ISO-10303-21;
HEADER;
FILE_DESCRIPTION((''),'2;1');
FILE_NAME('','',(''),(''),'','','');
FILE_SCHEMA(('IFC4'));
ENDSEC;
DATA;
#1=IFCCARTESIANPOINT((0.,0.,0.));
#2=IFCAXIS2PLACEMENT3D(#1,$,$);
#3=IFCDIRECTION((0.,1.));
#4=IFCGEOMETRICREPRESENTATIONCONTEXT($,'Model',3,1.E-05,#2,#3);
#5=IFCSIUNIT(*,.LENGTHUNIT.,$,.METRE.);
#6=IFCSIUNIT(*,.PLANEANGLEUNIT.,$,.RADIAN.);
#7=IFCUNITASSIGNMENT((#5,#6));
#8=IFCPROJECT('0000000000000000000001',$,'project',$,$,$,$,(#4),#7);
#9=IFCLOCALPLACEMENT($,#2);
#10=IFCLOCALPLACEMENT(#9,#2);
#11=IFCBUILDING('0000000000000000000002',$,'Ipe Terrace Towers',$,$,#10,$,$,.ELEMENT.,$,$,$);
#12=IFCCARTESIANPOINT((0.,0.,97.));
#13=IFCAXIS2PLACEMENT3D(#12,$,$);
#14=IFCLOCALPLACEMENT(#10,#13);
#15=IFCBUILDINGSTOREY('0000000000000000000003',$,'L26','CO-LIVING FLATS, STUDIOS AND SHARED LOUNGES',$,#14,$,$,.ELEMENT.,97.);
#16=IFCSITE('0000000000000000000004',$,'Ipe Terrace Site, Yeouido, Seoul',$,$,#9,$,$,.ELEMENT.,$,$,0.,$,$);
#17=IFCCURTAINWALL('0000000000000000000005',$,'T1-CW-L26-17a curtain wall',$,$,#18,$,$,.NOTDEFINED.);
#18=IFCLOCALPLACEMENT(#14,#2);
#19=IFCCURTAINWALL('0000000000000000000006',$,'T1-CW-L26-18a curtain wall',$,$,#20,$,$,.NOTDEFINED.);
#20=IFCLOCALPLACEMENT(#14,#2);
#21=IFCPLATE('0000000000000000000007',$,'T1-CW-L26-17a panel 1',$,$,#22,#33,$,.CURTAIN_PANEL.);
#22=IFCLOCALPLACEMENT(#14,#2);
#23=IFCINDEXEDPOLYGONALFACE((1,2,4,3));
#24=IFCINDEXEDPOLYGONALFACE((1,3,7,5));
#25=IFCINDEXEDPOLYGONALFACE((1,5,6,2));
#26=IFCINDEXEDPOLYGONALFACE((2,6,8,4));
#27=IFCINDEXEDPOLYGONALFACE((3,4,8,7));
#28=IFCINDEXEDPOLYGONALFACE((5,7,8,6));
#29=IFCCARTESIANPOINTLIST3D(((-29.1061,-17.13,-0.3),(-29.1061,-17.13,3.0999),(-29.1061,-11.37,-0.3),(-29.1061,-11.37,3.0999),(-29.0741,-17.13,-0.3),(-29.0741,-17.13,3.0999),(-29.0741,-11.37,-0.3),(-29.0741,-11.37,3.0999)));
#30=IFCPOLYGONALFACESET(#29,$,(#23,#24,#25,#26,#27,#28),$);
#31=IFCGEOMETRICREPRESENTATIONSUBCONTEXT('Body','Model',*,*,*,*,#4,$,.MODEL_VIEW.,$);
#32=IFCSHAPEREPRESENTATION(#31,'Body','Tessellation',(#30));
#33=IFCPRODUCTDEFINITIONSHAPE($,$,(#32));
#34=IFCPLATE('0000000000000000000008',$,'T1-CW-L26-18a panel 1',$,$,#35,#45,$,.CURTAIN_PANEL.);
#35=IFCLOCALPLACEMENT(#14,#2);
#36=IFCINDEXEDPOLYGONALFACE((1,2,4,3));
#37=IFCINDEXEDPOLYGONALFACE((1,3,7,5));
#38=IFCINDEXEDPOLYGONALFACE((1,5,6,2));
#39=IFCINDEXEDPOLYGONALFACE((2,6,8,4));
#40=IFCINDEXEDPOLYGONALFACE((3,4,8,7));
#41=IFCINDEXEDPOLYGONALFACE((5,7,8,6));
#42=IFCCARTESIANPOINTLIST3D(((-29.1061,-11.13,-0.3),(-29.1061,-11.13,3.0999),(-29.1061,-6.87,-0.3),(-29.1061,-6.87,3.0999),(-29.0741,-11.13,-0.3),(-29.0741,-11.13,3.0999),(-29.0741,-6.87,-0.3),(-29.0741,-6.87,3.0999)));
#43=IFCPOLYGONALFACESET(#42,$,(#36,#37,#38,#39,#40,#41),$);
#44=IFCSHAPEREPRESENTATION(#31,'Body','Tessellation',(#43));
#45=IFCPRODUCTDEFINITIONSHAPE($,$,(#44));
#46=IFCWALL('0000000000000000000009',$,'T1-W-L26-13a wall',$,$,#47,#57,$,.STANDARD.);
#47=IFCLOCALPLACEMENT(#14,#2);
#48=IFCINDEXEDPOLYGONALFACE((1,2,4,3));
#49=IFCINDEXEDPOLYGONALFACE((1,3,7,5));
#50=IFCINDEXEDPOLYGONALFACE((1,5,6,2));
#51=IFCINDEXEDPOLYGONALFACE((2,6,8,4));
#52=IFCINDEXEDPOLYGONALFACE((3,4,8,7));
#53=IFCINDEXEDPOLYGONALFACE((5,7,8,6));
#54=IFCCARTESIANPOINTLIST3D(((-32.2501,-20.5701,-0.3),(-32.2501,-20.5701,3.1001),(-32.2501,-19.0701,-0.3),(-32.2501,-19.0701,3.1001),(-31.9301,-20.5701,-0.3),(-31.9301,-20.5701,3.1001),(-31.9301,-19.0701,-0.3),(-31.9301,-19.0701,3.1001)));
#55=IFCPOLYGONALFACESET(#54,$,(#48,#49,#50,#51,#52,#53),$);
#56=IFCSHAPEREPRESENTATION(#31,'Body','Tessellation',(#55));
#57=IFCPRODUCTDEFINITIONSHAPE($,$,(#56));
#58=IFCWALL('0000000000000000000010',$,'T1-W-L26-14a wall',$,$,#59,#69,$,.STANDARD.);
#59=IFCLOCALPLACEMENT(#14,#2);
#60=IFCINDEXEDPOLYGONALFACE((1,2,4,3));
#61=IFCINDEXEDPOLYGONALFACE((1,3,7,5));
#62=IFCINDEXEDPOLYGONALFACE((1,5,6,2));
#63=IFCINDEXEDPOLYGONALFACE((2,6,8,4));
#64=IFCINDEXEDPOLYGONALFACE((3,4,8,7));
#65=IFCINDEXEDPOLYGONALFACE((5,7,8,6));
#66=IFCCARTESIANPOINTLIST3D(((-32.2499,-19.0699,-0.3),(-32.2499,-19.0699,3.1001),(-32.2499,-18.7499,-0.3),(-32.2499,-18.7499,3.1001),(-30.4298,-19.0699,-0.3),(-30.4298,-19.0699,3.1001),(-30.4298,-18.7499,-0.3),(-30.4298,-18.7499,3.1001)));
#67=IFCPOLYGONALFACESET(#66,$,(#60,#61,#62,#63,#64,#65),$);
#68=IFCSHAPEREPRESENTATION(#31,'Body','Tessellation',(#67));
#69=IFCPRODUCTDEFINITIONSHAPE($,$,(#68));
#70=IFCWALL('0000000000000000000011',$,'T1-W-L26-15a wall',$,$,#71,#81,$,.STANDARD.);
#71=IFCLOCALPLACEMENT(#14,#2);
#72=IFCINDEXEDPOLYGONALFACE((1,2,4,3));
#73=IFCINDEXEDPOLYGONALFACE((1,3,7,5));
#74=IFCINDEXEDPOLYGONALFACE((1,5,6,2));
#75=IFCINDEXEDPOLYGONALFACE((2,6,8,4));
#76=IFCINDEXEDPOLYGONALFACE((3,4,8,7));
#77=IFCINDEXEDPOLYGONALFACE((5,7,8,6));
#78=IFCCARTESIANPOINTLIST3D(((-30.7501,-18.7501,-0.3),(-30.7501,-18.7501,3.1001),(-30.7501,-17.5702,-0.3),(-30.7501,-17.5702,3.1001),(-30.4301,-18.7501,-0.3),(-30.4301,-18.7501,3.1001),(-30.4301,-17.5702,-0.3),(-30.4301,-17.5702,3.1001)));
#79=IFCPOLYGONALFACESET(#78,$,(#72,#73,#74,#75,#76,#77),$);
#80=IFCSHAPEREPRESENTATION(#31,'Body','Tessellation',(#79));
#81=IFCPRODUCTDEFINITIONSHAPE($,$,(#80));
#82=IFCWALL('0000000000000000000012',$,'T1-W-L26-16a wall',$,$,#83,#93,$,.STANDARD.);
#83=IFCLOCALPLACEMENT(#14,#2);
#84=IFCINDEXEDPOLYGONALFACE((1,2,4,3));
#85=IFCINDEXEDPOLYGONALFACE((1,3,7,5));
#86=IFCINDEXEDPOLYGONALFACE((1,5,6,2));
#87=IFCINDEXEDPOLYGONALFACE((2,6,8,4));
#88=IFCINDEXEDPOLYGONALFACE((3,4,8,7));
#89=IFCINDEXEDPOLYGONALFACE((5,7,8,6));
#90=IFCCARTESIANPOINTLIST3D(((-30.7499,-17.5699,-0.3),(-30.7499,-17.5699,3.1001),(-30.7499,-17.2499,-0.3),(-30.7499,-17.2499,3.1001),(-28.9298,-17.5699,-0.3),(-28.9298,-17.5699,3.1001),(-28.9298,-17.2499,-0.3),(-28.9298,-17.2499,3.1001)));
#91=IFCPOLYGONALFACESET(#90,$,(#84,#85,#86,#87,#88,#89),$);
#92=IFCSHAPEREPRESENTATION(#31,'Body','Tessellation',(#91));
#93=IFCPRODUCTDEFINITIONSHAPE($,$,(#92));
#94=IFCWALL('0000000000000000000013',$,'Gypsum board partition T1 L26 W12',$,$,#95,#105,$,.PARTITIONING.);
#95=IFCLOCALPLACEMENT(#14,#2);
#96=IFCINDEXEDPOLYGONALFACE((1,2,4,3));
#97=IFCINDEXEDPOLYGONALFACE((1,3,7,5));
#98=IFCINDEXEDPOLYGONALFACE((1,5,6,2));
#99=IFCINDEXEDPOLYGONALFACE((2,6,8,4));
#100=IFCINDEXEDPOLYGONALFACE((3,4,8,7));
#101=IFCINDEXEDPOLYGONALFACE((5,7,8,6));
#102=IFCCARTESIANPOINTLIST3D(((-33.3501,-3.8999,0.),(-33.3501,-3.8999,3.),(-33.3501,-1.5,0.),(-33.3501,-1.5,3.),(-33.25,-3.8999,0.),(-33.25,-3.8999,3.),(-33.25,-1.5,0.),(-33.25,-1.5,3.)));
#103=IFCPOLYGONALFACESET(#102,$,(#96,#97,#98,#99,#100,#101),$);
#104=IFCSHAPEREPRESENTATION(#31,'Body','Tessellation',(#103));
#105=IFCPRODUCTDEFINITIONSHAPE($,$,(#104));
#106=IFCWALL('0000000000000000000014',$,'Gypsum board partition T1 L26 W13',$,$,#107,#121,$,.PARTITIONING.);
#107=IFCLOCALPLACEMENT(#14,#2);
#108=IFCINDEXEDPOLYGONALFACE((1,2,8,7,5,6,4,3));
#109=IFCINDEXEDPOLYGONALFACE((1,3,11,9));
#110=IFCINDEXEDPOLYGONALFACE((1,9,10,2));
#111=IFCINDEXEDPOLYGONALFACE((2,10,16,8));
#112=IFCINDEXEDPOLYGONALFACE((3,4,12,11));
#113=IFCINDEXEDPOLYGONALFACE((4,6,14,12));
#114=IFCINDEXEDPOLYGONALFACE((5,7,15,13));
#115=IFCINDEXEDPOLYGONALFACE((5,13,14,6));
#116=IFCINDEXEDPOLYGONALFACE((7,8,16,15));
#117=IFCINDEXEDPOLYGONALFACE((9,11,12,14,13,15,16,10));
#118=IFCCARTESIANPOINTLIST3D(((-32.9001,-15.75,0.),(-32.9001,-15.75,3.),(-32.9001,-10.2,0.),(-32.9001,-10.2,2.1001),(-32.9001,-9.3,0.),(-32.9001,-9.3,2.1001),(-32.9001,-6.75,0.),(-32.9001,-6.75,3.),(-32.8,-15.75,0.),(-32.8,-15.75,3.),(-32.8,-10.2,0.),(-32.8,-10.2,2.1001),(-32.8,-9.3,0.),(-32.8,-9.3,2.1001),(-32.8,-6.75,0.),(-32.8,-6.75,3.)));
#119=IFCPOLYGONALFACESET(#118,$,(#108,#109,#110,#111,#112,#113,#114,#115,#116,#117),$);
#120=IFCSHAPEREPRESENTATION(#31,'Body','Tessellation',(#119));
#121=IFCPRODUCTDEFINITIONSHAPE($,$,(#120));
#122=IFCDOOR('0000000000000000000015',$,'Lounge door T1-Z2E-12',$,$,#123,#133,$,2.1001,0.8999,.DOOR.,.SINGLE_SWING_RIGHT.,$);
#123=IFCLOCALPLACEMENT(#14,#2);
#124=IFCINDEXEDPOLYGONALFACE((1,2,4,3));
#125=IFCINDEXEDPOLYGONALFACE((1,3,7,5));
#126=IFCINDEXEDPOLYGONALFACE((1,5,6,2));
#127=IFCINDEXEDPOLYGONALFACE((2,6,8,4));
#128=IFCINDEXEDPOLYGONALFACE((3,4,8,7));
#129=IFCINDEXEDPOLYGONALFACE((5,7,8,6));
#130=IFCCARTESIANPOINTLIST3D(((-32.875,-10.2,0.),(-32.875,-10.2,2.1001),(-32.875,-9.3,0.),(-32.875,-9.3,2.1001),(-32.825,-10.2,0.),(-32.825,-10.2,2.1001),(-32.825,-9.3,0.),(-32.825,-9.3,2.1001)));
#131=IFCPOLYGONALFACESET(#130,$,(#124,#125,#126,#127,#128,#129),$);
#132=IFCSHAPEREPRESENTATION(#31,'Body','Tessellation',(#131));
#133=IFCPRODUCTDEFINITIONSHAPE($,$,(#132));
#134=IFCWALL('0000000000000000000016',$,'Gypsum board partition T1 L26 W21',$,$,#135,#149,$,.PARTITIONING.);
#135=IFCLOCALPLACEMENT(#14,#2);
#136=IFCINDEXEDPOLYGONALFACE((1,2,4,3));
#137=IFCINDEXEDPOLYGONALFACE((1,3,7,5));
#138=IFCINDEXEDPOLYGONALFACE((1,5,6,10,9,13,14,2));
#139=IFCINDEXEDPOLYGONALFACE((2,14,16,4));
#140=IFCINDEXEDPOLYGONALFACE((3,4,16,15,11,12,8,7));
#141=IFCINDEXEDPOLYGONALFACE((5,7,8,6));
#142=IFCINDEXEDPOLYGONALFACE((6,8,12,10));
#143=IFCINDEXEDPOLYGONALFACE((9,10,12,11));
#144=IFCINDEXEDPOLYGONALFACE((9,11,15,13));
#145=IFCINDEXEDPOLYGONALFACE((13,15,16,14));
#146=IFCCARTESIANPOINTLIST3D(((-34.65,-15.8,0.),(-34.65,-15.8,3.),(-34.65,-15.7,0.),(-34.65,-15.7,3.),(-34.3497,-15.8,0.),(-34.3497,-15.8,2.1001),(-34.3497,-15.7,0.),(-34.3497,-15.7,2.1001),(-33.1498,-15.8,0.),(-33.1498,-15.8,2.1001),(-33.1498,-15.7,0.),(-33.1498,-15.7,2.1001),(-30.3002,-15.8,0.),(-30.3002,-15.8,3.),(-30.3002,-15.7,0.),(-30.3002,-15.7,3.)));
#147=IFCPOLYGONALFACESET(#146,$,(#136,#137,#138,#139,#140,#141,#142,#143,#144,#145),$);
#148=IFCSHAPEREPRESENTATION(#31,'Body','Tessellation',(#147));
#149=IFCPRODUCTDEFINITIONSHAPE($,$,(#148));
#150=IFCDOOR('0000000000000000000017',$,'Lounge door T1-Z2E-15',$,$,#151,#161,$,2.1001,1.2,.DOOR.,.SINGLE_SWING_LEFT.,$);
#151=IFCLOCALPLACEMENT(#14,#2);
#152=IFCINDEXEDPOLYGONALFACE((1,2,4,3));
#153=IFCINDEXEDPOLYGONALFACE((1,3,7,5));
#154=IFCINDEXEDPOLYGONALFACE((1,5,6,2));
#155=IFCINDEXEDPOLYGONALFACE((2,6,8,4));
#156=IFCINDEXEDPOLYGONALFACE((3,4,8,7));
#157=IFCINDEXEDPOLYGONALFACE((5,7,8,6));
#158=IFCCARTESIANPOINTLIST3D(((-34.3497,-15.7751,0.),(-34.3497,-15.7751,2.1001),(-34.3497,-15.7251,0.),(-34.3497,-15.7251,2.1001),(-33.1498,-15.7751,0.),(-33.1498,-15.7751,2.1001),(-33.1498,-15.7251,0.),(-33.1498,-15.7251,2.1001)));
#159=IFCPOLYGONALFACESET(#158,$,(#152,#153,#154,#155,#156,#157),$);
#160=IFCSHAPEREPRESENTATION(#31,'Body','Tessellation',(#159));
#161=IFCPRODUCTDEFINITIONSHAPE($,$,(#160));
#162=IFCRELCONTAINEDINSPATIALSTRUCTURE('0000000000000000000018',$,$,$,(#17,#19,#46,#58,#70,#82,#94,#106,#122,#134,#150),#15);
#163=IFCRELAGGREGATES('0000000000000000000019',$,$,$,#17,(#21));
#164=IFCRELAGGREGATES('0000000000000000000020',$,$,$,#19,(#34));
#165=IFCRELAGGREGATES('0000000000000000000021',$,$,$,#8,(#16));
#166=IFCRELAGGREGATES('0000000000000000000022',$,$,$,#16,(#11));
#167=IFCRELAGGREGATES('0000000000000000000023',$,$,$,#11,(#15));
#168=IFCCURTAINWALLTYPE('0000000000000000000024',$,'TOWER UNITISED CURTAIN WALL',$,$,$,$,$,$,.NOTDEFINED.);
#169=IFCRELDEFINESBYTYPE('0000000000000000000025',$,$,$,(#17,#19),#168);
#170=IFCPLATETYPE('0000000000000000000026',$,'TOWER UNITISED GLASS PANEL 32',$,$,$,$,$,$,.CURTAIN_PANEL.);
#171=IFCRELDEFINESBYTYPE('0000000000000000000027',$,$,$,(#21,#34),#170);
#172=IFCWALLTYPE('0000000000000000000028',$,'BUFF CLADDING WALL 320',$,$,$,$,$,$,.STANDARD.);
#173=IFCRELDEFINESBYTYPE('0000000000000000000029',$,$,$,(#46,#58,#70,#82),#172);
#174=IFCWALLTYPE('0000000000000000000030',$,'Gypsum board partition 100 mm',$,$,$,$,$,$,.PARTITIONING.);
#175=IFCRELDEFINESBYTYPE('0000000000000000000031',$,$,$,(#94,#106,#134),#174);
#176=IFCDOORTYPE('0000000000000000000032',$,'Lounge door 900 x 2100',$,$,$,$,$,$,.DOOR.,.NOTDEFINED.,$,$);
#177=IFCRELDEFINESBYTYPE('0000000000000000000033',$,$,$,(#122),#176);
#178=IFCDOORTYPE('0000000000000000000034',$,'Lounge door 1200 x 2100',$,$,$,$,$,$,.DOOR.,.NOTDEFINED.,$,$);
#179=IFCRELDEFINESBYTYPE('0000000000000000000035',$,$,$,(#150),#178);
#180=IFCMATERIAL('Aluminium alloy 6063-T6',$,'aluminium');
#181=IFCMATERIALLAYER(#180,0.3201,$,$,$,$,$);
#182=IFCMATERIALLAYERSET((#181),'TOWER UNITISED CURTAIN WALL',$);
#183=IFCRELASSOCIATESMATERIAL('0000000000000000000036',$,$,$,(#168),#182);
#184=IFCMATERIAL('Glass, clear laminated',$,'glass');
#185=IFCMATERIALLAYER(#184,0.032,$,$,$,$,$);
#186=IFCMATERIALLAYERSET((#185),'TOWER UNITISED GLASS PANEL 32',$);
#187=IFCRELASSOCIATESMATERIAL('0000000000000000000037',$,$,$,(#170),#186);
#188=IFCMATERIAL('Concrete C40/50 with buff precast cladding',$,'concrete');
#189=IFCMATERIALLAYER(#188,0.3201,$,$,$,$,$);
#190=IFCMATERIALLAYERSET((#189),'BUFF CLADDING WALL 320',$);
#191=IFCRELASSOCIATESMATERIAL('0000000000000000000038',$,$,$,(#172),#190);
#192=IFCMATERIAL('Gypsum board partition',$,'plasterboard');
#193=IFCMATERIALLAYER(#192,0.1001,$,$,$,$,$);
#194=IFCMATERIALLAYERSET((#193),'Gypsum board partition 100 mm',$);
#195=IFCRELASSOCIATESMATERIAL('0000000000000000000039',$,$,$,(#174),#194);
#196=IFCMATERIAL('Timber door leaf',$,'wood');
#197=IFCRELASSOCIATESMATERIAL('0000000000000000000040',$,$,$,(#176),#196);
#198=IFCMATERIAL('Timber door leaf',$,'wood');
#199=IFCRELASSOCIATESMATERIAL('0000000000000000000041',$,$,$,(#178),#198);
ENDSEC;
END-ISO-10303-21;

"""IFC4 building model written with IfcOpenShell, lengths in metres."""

from ifc_helpers import new_model, si_unit, direction, frame, frame_2d, origin, origin_2d, place, context, subcontext, project, spatial, rectangle, extrude, material, layer, layer_set, type_object, element, fill, aggregate, save


model = new_model("IFC4")

# Units and contexts
model_context = context("Model", 3, precision=1e-05, world=origin(), true_north=direction((0.0, 1.0)))
body_context = subcontext(model_context, "Body", "Model", "MODEL_VIEW")
ifc_project = project(units=[si_unit("LENGTHUNIT", "METRE"), si_unit("PLANEANGLEUNIT", "RADIAN")], contexts=[model_context])

# Site, building, storey
site_placement = place(None, origin())
site = spatial("IfcSite", under=ifc_project, at=site_placement, Name="Ipe Terrace Site, Yeouido, Seoul", CompositionType="ELEMENT", RefElevation=0.0)
building_placement = place(site_placement, origin())
building = spatial("IfcBuilding", under=site, at=building_placement, Name="Ipe Terrace Towers", CompositionType="ELEMENT")
storey_placement = place(building_placement, frame((0.0, 0.0, 97.0)))
storey = spatial("IfcBuildingStorey", under=building, at=storey_placement, Name="L26", Description="CO-LIVING FLATS, STUDIOS AND SHARED LOUNGES", CompositionType="ELEMENT", Elevation=97.0)

# Shared definitions
ifc_material_1 = material(Name="Aluminium alloy 6063-T6", Category="aluminium")
ifc_layer_1 = layer(ifc_material_1, 0.3201)
ifc_layer_set_1 = layer_set([ifc_layer_1], Name="TOWER UNITISED CURTAIN WALL")
curtain_wall_type = type_object("IfcCurtainWallType", Name="TOWER UNITISED CURTAIN WALL", PredefinedType="NOTDEFINED", material=ifc_layer_set_1)

# Curtain walls
curtain_wall_1_placement = place(storey_placement, origin())
curtain_wall_1 = element("IfcCurtainWall", 1, at=curtain_wall_1_placement, inside=storey, type_object=curtain_wall_type, Name="T1-CW-L26-17a curtain wall", PredefinedType="NOTDEFINED")
curtain_wall_2_placement = place(storey_placement, origin())
curtain_wall_2 = element("IfcCurtainWall", 2, at=curtain_wall_2_placement, inside=storey, type_object=curtain_wall_type, Name="T1-CW-L26-18a curtain wall", PredefinedType="NOTDEFINED")

# Plates
ifc_material_2 = material(Name="Glass, clear laminated", Category="glass")
ifc_layer_2 = layer(ifc_material_2, 0.032)
ifc_layer_set_2 = layer_set([ifc_layer_2], Name="TOWER UNITISED GLASS PANEL 32")
plate_type = type_object("IfcPlateType", Name="TOWER UNITISED GLASS PANEL 32", PredefinedType="CURTAIN_PANEL", material=ifc_layer_set_2)
plate_1_placement = place(storey_placement, frame((-29.0901, -14.25, -0.3), z_axis=(0.0, 0.0, 1.0), x_axis=(0.0, 1.0, 0.0)))
plate_1 = element("IfcPlate", 3, at=plate_1_placement, type_object=plate_type, Name="T1-CW-L26-17a panel 1", PredefinedType="CURTAIN_PANEL", context=body_context, shape_type="SweptSolid", body=[
    extrude(rectangle(XDim=5.76, YDim=0.032, at=origin_2d()), origin(), (0.0, 0.0, 1.0), 3.3999),
])
aggregate(curtain_wall_1, [plate_1])
plate_2_placement = place(storey_placement, frame((-29.0901, -9.0, -0.3), z_axis=(0.0, 0.0, 1.0), x_axis=(0.0, 1.0, 0.0)))
plate_2 = element("IfcPlate", 4, at=plate_2_placement, type_object=plate_type, Name="T1-CW-L26-18a panel 1", PredefinedType="CURTAIN_PANEL", context=body_context, shape_type="SweptSolid", body=[
    extrude(rectangle(XDim=4.26, YDim=0.032, at=origin_2d()), origin(), (0.0, 0.0, 1.0), 3.3999),
])
aggregate(curtain_wall_2, [plate_2])

# Walls
ifc_material_3 = material(Name="Concrete C40/50 with buff precast cladding", Category="concrete")
ifc_layer_3 = layer(ifc_material_3, 0.3201)
ifc_layer_set_3 = layer_set([ifc_layer_3], Name="BUFF CLADDING WALL 320")
wall_type_1 = type_object("IfcWallType", Name="BUFF CLADDING WALL 320", PredefinedType="STANDARD", material=ifc_layer_set_3)
wall_1_placement = place(storey_placement, frame((-32.0901, -20.5701, -0.3), z_axis=(0.0, 0.0, 1.0), x_axis=(0.0, 1.0, 0.0)))
element("IfcWall", 5, at=wall_1_placement, inside=storey, type_object=wall_type_1, Name="T1-W-L26-13a wall", PredefinedType="STANDARD", context=body_context, shape_type="SweptSolid", body=[
    extrude(rectangle(XDim=1.5, YDim=0.3201, at=frame_2d((0.75, 0.0))), origin(), (0.0, 0.0, 1.0), 3.4001),
])
wall_2_placement = place(storey_placement, frame((-32.25, -18.9099, -0.3), z_axis=(0.0, 0.0, 1.0), x_axis=(1.0, 0.0, 0.0)))
element("IfcWall", 6, at=wall_2_placement, inside=storey, type_object=wall_type_1, Name="T1-W-L26-14a wall", PredefinedType="STANDARD", context=body_context, shape_type="SweptSolid", body=[
    extrude(rectangle(XDim=1.8201, YDim=0.3201, at=frame_2d((0.9102, 0.0))), origin(), (0.0, 0.0, 1.0), 3.4001),
])
wall_3_placement = place(storey_placement, frame((-30.5901, -18.75, -0.3), z_axis=(0.0, 0.0, 1.0), x_axis=(0.0, 1.0, 0.0)))
element("IfcWall", 7, at=wall_3_placement, inside=storey, type_object=wall_type_1, Name="T1-W-L26-15a wall", PredefinedType="STANDARD", context=body_context, shape_type="SweptSolid", body=[
    extrude(rectangle(XDim=1.1799, YDim=0.3201, at=frame_2d((0.5898, 0.0))), origin(), (0.0, 0.0, 1.0), 3.4001),
])
wall_4_placement = place(storey_placement, frame((-30.75, -17.4099, -0.3), z_axis=(0.0, 0.0, 1.0), x_axis=(1.0, 0.0, 0.0)))
element("IfcWall", 8, at=wall_4_placement, inside=storey, type_object=wall_type_1, Name="T1-W-L26-16a wall", PredefinedType="STANDARD", context=body_context, shape_type="SweptSolid", body=[
    extrude(rectangle(XDim=1.8201, YDim=0.3201, at=frame_2d((0.9102, 0.0))), origin(), (0.0, 0.0, 1.0), 3.4001),
])
ifc_material_4 = material(Name="Gypsum board partition", Category="plasterboard")
ifc_layer_4 = layer(ifc_material_4, 0.1001)
ifc_layer_set_4 = layer_set([ifc_layer_4], Name="Gypsum board partition 100 mm")
wall_type_2 = type_object("IfcWallType", Name="Gypsum board partition 100 mm", PredefinedType="PARTITIONING", material=ifc_layer_set_4)
wall_5_placement = place(storey_placement, frame((-33.3, -3.8999, 0.0), z_axis=(0.0, 0.0, 1.0), x_axis=(0.0, 1.0, 0.0)))
element("IfcWall", 9, at=wall_5_placement, inside=storey, type_object=wall_type_2, Name="Gypsum board partition T1 L26 W12", PredefinedType="PARTITIONING", context=body_context, shape_type="SweptSolid", body=[
    extrude(rectangle(XDim=2.3999, YDim=0.1001, at=frame_2d((1.2, 0.0))), origin(), (0.0, 0.0, 1.0), 3.0),
])

# Walls, openings, doors
wall_6_placement = place(storey_placement, frame((-32.8501, -15.75, 0.0), z_axis=(0.0, 0.0, 1.0), x_axis=(0.0, 1.0, 0.0)))
wall_6 = element("IfcWall", 10, at=wall_6_placement, inside=storey, type_object=wall_type_2, Name="Gypsum board partition T1 L26 W13", PredefinedType="PARTITIONING", context=body_context, shape_type="SweptSolid", body=[
    extrude(rectangle(XDim=9.0, YDim=0.1001, at=frame_2d((4.5, 0.0))), origin(), (0.0, 0.0, 1.0), 3.0),
])
opening_1_placement = place(wall_6_placement, frame((5.55, 0.0, 0.0)))
opening_1 = element("IfcOpeningElement", 11, at=opening_1_placement, cuts=wall_6, PredefinedType="OPENING", context=body_context, shape_type="SweptSolid", body=[
    extrude(rectangle(XDim=0.8999, YDim=2.1001, at=frame_2d((0.45, 1.05))), frame((0.0, 0.0601, 0.0), z_axis=(0.0, -1.0, 0.0), x_axis=(1.0, 0.0, 0.0)), (0.0, 0.0, 1.0), 0.1201),
])
ifc_material_5 = material(Name="Timber door leaf", Category="wood")
door_type_1 = type_object("IfcDoorType", Name="Lounge door 900 x 2100", OperationType="NOTDEFINED", PredefinedType="DOOR", material=ifc_material_5)
door_1_placement = place(opening_1_placement, origin())
door_1 = element("IfcDoor", 12, at=door_1_placement, inside=storey, type_object=door_type_1, Name="Lounge door T1-Z2E-12", OperationType="SINGLE_SWING_RIGHT", OverallHeight=2.1001, OverallWidth=0.8999, PredefinedType="DOOR", context=body_context, shape_type="SweptSolid", body=[
    extrude(rectangle(XDim=0.8999, YDim=2.1001, at=frame_2d((0.45, 1.05))), frame((0.0, 0.0249, 0.0), z_axis=(0.0, -1.0, 0.0), x_axis=(1.0, 0.0, 0.0)), (0.0, 0.0, 1.0), 0.05),
])
fill(opening_1, door_1)
wall_7_placement = place(storey_placement, frame((-34.6499, -15.75, 0.0), z_axis=(0.0, 0.0, 1.0), x_axis=(1.0, 0.0, 0.0)))
wall_7 = element("IfcWall", 13, at=wall_7_placement, inside=storey, type_object=wall_type_2, Name="Gypsum board partition T1 L26 W21", PredefinedType="PARTITIONING", context=body_context, shape_type="SweptSolid", body=[
    extrude(rectangle(XDim=4.3499, YDim=0.1001, at=frame_2d((2.1748, 0.0))), origin(), (0.0, 0.0, 1.0), 3.0),
])
opening_2_placement = place(wall_7_placement, frame((0.3, 0.0, 0.0)))
opening_2 = element("IfcOpeningElement", 14, at=opening_2_placement, cuts=wall_7, PredefinedType="OPENING", context=body_context, shape_type="SweptSolid", body=[
    extrude(rectangle(XDim=1.2, YDim=2.1001, at=frame_2d((0.6001, 1.05))), frame((0.0, 0.0601, 0.0), z_axis=(0.0, -1.0, 0.0), x_axis=(1.0, 0.0, 0.0)), (0.0, 0.0, 1.0), 0.1201),
])
ifc_material_6 = material(Name="Timber door leaf", Category="wood")
door_type_2 = type_object("IfcDoorType", Name="Lounge door 1200 x 2100", OperationType="NOTDEFINED", PredefinedType="DOOR", material=ifc_material_6)
door_2_placement = place(opening_2_placement, origin())
door_2 = element("IfcDoor", 15, at=door_2_placement, inside=storey, type_object=door_type_2, Name="Lounge door T1-Z2E-15", OperationType="SINGLE_SWING_LEFT", OverallHeight=2.1001, OverallWidth=1.2, PredefinedType="DOOR", context=body_context, shape_type="SweptSolid", body=[
    extrude(rectangle(XDim=1.2, YDim=2.1001, at=frame_2d((0.6001, 1.05))), frame((0.0, 0.0249, 0.0), z_axis=(0.0, -1.0, 0.0), x_axis=(1.0, 0.0, 0.0)), (0.0, 0.0, 1.0), 0.05),
])
fill(opening_2, door_2)

save(model, "model.ifc")
